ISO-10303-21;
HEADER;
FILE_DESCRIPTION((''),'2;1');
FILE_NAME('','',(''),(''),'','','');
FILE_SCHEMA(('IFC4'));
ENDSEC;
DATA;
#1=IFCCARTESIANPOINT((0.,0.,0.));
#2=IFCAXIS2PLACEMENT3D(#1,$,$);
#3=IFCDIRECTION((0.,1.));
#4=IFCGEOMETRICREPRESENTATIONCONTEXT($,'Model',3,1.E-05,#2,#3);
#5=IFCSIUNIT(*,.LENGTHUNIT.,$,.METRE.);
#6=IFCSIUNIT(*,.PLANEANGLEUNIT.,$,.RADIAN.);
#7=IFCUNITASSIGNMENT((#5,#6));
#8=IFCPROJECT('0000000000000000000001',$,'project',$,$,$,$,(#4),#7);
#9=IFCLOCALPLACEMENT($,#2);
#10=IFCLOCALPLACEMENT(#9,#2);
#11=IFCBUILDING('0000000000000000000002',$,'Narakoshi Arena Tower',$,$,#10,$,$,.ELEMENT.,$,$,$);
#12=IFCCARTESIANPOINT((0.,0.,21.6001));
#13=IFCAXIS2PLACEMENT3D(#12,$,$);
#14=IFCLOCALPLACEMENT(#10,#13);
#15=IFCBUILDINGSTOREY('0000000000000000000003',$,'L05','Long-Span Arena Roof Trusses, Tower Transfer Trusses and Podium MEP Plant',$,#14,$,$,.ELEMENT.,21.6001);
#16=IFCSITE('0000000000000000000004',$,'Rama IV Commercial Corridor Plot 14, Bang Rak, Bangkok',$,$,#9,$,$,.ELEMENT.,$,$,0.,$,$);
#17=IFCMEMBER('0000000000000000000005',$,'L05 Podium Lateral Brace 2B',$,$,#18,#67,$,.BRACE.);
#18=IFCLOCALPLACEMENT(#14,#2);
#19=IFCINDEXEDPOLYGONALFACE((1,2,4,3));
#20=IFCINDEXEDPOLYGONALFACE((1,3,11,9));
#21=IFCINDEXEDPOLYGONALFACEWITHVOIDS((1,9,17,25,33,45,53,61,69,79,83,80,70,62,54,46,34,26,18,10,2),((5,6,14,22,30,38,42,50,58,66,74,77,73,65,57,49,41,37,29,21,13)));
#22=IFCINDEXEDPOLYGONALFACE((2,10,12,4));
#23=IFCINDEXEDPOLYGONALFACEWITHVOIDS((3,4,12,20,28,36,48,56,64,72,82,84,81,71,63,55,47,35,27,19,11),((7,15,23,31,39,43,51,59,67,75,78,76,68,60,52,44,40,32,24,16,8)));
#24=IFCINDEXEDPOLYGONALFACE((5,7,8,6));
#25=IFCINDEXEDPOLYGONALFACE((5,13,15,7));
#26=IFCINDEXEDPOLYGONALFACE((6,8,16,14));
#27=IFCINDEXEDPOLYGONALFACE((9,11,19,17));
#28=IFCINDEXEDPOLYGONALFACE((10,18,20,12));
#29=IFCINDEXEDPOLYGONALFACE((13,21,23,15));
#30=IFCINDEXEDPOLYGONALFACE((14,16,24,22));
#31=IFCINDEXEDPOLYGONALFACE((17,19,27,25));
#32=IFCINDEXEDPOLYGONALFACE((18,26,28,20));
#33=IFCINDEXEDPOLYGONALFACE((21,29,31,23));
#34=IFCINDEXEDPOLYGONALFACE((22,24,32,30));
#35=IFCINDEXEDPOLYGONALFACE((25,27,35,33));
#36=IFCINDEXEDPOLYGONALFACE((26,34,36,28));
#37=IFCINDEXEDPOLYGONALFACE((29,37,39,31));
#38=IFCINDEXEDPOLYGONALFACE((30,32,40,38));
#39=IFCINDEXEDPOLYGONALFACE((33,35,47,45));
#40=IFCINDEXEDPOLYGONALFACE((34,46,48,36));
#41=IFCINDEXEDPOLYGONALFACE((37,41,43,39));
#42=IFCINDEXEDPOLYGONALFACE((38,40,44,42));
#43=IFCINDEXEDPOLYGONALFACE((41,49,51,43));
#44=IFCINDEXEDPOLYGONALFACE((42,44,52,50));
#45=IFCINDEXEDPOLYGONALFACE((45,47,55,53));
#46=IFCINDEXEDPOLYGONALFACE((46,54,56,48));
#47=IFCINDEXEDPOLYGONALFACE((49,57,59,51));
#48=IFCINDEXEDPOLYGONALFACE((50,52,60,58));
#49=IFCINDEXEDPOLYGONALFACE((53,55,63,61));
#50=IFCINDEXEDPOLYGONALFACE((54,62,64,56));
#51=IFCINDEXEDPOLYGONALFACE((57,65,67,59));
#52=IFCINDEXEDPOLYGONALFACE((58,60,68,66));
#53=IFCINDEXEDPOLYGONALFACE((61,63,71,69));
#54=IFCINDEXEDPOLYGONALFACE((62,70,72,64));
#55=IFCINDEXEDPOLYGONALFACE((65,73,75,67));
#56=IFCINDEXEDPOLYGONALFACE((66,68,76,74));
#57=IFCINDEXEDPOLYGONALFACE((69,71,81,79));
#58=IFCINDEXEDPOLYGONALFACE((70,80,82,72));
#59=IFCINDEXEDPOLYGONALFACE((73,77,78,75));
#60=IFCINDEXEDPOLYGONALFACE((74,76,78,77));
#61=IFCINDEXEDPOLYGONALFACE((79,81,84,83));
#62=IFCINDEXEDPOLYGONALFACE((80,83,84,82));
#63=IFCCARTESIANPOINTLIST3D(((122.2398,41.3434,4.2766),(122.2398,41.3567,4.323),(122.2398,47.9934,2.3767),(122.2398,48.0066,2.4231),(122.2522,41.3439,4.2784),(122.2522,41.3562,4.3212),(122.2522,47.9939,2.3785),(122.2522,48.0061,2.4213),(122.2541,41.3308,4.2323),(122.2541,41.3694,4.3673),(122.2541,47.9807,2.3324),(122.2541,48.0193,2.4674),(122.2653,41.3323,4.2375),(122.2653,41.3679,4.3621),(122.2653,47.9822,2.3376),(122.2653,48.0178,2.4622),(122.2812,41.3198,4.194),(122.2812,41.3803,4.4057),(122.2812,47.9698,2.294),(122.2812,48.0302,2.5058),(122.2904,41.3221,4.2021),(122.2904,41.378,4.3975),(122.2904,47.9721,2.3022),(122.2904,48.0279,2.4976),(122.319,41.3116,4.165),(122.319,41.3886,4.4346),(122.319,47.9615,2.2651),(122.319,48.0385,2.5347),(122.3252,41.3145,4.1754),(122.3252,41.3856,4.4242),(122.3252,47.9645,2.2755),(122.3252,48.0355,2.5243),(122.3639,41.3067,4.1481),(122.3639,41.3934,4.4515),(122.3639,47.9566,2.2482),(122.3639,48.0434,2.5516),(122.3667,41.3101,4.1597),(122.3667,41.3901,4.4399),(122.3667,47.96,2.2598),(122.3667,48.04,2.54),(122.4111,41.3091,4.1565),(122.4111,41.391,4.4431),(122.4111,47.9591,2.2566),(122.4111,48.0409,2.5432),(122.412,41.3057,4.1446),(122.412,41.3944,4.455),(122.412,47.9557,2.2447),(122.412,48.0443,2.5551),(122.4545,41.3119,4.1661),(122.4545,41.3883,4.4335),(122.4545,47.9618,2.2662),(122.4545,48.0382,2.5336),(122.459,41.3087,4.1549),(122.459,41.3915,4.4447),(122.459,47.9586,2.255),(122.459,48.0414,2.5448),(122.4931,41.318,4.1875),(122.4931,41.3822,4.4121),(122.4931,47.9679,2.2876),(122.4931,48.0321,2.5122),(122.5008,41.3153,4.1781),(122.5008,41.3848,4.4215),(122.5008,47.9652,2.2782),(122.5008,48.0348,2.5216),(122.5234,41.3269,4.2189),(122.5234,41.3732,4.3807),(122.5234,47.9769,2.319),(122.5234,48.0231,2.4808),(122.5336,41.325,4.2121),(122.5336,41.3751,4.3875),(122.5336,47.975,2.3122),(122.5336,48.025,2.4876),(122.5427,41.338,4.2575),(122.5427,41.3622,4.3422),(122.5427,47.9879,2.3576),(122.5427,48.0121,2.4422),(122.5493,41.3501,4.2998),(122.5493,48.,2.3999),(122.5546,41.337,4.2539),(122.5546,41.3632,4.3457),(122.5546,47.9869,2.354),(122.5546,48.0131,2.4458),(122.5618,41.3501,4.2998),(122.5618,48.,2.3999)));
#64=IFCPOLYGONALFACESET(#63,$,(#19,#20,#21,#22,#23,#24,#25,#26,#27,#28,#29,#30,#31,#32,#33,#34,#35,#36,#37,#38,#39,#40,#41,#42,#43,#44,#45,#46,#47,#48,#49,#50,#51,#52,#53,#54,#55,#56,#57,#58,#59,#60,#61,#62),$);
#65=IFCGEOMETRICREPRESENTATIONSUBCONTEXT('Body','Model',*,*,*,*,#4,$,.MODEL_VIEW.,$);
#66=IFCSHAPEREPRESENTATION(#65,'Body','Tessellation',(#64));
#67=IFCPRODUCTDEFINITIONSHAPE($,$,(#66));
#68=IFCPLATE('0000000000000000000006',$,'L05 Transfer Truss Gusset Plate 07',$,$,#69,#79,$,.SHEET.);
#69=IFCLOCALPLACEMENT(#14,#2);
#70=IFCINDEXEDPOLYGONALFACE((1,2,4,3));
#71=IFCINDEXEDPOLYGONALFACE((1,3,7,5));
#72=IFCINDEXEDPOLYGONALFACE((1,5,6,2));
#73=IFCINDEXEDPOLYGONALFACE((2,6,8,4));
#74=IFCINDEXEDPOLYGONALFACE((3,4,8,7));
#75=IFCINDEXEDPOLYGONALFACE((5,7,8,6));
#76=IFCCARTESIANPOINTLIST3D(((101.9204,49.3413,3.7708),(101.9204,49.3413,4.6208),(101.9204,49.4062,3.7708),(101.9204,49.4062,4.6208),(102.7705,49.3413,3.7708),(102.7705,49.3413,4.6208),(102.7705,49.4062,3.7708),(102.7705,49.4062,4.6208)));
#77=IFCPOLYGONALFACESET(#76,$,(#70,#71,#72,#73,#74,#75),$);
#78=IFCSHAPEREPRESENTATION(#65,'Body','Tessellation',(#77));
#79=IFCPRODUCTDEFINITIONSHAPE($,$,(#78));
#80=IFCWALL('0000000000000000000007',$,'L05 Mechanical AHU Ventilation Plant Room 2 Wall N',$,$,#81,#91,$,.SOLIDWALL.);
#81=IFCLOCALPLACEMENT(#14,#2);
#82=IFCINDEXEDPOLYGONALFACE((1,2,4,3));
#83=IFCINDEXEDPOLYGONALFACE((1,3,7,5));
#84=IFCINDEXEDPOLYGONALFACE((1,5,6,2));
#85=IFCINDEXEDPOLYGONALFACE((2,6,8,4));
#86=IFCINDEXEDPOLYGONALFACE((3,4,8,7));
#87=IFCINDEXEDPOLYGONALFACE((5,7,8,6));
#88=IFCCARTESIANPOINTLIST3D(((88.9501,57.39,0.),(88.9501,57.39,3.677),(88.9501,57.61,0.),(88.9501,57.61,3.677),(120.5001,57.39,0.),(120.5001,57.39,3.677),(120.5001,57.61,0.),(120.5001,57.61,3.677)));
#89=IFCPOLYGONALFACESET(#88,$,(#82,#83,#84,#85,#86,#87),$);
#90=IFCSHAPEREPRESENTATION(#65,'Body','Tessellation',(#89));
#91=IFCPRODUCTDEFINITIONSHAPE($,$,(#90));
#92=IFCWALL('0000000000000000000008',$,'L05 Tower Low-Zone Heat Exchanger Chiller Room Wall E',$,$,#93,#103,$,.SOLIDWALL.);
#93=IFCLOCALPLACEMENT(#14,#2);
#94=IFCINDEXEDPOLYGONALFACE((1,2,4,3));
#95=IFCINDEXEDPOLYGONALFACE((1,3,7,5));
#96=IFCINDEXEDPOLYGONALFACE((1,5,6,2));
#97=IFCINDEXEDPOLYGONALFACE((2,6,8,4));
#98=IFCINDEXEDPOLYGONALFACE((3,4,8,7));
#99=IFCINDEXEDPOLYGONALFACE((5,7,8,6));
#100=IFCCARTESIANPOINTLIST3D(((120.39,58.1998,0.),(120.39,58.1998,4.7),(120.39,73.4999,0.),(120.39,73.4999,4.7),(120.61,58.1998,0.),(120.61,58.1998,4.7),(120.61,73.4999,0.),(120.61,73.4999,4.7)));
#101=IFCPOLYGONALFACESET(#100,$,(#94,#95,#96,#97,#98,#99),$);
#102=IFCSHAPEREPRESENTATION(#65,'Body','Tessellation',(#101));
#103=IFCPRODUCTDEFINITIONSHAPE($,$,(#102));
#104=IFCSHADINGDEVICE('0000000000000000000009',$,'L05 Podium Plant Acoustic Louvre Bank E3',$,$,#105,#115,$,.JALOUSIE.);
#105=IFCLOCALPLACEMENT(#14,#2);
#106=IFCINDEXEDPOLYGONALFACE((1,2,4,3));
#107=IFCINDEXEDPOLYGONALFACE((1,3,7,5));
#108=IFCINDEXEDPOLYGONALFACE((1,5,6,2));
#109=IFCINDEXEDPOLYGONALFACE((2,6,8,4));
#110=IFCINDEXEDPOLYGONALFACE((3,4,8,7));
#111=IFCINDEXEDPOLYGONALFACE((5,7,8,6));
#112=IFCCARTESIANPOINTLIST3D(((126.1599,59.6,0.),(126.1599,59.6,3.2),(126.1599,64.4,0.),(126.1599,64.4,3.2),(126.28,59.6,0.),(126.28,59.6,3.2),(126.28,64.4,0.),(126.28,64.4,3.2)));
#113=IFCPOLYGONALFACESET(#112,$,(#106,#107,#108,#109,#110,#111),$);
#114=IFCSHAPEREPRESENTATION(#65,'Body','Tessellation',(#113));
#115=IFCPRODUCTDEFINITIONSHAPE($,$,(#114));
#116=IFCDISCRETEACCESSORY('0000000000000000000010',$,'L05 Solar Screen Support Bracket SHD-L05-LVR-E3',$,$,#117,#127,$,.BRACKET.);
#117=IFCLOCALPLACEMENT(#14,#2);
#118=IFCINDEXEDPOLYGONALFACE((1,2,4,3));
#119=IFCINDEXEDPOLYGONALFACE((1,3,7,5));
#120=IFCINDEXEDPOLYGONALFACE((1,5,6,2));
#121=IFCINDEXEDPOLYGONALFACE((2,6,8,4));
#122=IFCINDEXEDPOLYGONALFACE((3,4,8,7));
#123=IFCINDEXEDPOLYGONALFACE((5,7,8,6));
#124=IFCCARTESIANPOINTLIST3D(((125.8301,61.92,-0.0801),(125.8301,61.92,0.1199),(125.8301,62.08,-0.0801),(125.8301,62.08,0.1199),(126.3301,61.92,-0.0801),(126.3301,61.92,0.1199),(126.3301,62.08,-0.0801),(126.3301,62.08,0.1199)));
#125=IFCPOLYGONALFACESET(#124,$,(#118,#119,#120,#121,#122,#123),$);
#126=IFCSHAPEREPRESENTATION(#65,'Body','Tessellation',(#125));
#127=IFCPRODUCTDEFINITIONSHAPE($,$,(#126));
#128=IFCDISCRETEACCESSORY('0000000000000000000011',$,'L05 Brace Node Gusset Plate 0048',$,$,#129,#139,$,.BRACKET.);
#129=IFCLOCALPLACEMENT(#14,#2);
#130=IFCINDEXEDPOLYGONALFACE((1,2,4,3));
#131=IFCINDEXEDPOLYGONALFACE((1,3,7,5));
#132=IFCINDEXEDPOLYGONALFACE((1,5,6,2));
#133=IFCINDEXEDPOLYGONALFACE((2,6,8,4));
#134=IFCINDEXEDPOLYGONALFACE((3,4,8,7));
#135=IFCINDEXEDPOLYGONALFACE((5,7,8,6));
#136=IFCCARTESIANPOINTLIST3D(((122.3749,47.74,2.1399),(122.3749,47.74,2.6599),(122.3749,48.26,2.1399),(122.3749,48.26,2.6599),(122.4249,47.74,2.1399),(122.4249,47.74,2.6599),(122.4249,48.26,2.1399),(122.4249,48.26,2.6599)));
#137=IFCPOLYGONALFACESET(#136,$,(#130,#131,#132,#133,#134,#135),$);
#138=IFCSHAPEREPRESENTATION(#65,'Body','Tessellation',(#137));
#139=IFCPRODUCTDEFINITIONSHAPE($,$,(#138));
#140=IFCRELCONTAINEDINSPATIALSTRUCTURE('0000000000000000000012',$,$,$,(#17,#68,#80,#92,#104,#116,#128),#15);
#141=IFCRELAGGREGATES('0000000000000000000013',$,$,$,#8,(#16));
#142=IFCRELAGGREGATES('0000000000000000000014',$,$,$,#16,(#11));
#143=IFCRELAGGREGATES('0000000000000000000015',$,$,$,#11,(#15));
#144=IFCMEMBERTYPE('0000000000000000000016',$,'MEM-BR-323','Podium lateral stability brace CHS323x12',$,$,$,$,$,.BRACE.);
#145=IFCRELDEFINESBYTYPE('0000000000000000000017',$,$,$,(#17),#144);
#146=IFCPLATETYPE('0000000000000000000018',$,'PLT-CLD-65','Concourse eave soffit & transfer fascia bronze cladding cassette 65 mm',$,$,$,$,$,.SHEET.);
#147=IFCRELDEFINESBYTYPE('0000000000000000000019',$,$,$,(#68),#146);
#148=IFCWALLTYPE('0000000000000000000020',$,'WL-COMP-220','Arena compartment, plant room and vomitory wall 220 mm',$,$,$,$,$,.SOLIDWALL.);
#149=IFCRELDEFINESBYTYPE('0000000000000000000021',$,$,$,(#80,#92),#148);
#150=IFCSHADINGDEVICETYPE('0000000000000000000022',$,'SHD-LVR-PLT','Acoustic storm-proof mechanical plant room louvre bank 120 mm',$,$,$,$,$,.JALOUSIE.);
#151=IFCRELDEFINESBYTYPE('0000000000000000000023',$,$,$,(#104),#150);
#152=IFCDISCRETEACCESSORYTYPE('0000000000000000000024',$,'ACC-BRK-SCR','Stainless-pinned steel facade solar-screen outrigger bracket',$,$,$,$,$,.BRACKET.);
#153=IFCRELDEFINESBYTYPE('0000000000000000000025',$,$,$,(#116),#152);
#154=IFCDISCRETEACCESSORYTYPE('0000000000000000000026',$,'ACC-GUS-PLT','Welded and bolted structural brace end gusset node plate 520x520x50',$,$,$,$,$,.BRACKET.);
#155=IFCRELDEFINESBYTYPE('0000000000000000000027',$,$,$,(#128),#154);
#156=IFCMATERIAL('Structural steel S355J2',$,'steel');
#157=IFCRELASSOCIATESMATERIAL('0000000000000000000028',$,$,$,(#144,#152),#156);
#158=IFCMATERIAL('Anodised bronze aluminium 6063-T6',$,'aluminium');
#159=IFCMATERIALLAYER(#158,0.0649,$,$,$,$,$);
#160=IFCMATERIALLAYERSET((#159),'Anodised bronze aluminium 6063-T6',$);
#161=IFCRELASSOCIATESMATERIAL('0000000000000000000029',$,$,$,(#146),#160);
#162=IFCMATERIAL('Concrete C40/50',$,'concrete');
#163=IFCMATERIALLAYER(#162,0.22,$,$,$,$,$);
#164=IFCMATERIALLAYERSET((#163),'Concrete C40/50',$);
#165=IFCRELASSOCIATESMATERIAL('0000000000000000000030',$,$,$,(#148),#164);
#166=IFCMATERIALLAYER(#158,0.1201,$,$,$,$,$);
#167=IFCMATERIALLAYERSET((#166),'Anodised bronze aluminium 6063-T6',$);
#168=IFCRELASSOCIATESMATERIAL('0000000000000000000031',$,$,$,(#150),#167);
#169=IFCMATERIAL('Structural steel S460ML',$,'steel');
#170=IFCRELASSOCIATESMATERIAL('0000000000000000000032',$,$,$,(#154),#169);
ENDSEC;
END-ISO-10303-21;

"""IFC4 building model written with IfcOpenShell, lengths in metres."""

from ifc_helpers import new_model, si_unit, direction, frame, frame_2d, origin, origin_2d, place, context, subcontext, project, spatial, rectangle, hollow_circle, extrude, material, layer, layer_set, material_profile, profile_set, type_object, element, save


model = new_model("IFC4")

# Units and contexts
model_context = context("Model", 3, precision=1e-05, world=origin(), true_north=direction((0.0, 1.0)))
body_context = subcontext(model_context, "Body", "Model", "MODEL_VIEW")
ifc_project = project(units=[si_unit("LENGTHUNIT", "METRE"), si_unit("PLANEANGLEUNIT", "RADIAN")], contexts=[model_context])

# Site, building, storey
site_placement = place(None, origin())
site = spatial("IfcSite", under=ifc_project, at=site_placement, Name="Rama IV Commercial Corridor Plot 14, Bang Rak, Bangkok", CompositionType="ELEMENT", RefElevation=0.0)
building_placement = place(site_placement, origin())
building = spatial("IfcBuilding", under=site, at=building_placement, Name="Narakoshi Arena Tower", CompositionType="ELEMENT")
storey_placement = place(building_placement, frame((0.0, 0.0, 21.6001)))
storey = spatial("IfcBuildingStorey", under=building, at=storey_placement, Name="L05", Description="Long-Span Arena Roof Trusses, Tower Transfer Trusses and Podium MEP Plant", CompositionType="ELEMENT", Elevation=21.6001)

# Shared definitions
ifc_material_1 = material(Name="Structural steel S355J2", Category="steel")

# Shared definitions
ifc_material_2 = material(Name="Structural steel S460ML", Category="steel")

# Member
ifc_material_profile_1 = material_profile(ifc_material_1, hollow_circle(Radius=0.1619, WallThickness=0.0125, at=origin_2d()), Name="CHS323x12")
ifc_profile_set_1 = profile_set([ifc_material_profile_1], Name="Structural steel S355J2")
member_type = type_object("IfcMemberType", Name="MEM-BR-323", Description="Podium lateral stability brace CHS323x12", PredefinedType="BRACE", material=ifc_profile_set_1)
member_placement = place(storey_placement, frame((122.3999, 48.0, 2.3999), z_axis=(0.0, -0.961527, 0.274712), x_axis=(1.0, 0.0, 0.0)))
element("IfcMember", 1, at=member_placement, inside=storey, type_object=member_type, Name="L05 Podium Lateral Brace 2B", PredefinedType="BRACE", context=body_context, shape_type="SweptSolid", body=[
    extrude(hollow_circle(Radius=0.1619, WallThickness=0.0125, at=origin_2d()), origin(), (0.0, 0.0, 1.0), 6.916),
])

# Plate
ifc_material_3 = material(Name="Anodised bronze aluminium 6063-T6", Category="aluminium")
ifc_layer_1 = layer(ifc_material_3, 0.0649)
ifc_layer_set_1 = layer_set([ifc_layer_1], Name="Anodised bronze aluminium 6063-T6")
plate_type = type_object("IfcPlateType", Name="PLT-CLD-65", Description="Concourse eave soffit & transfer fascia bronze cladding cassette 65 mm", PredefinedType="SHEET", material=ifc_layer_set_1)
plate_placement = place(storey_placement, frame((102.3455, 49.3738, 3.7708), z_axis=(0.0, 0.0, 1.0), x_axis=(1.0, 0.0, 0.0)))
element("IfcPlate", 2, at=plate_placement, inside=storey, type_object=plate_type, Name="L05 Transfer Truss Gusset Plate 07", PredefinedType="SHEET", context=body_context, shape_type="SweptSolid", body=[
    extrude(rectangle(XDim=0.8501, YDim=0.0649, at=origin_2d()), origin(), (0.0, 0.0, 1.0), 0.8501),
])

# Walls
ifc_material_4 = material(Name="Concrete C40/50", Category="concrete")
ifc_layer_2 = layer(ifc_material_4, 0.22)
ifc_layer_set_2 = layer_set([ifc_layer_2], Name="Concrete C40/50")
wall_type = type_object("IfcWallType", Name="WL-COMP-220", Description="Arena compartment, plant room and vomitory wall 220 mm", PredefinedType="SOLIDWALL", material=ifc_layer_set_2)
wall_1_placement = place(storey_placement, frame((120.5, 57.5, 0.0), z_axis=(0.0, 0.0, 1.0), x_axis=(-1.0, 0.0, 0.0)))
element("IfcWall", 3, at=wall_1_placement, inside=storey, type_object=wall_type, Name="L05 Mechanical AHU Ventilation Plant Room 2 Wall N", PredefinedType="SOLIDWALL", context=body_context, shape_type="SweptSolid", body=[
    extrude(rectangle(XDim=31.55, YDim=0.22, at=frame_2d((15.7749, 0.0))), origin(), (0.0, 0.0, 1.0), 3.677),
])
wall_2_placement = place(storey_placement, frame((120.5, 58.2, 0.0), z_axis=(0.0, 0.0, 1.0), x_axis=(0.0, 1.0, 0.0)))
element("IfcWall", 4, at=wall_2_placement, inside=storey, type_object=wall_type, Name="L05 Tower Low-Zone Heat Exchanger Chiller Room Wall E", PredefinedType="SOLIDWALL", context=body_context, shape_type="SweptSolid", body=[
    extrude(rectangle(XDim=15.3, YDim=0.22, at=frame_2d((7.6499, 0.0))), origin(), (0.0, 0.0, 1.0), 4.7),
])

# Shading device
ifc_layer_3 = layer(ifc_material_3, 0.1201)
ifc_layer_set_3 = layer_set([ifc_layer_3], Name="Anodised bronze aluminium 6063-T6")
shading_device_type = type_object("IfcShadingDeviceType", Name="SHD-LVR-PLT", Description="Acoustic storm-proof mechanical plant room louvre bank 120 mm", PredefinedType="JALOUSIE", material=ifc_layer_set_3)
shading_device_placement = place(storey_placement, frame((126.22, 62.0, 0.0), z_axis=(0.0, 0.0, 1.0), x_axis=(0.0, 1.0, 0.0)))
element("IfcShadingDevice", 5, at=shading_device_placement, inside=storey, type_object=shading_device_type, Name="L05 Podium Plant Acoustic Louvre Bank E3", PredefinedType="JALOUSIE", context=body_context, shape_type="SweptSolid", body=[
    extrude(rectangle(XDim=4.8, YDim=0.1201, at=origin_2d()), origin(), (0.0, 0.0, 1.0), 3.2),
])

# Discrete accessories
discrete_accessory_type_1 = type_object("IfcDiscreteAccessoryType", Name="ACC-BRK-SCR", Description="Stainless-pinned steel facade solar-screen outrigger bracket", PredefinedType="BRACKET", material=ifc_material_1)
discrete_accessory_1_placement = place(storey_placement, frame((126.0801, 62.0, -0.0801), z_axis=(0.0, 0.0, 1.0), x_axis=(0.0, 1.0, 0.0)))
element("IfcDiscreteAccessory", 6, at=discrete_accessory_1_placement, inside=storey, type_object=discrete_accessory_type_1, Name="L05 Solar Screen Support Bracket SHD-L05-LVR-E3", PredefinedType="BRACKET", context=body_context, shape_type="SweptSolid", body=[
    extrude(rectangle(XDim=0.1599, YDim=0.5, at=origin_2d()), origin(), (0.0, 0.0, 1.0), 0.2),
])
discrete_accessory_type_2 = type_object("IfcDiscreteAccessoryType", Name="ACC-GUS-PLT", Description="Welded and bolted structural brace end gusset node plate 520x520x50", PredefinedType="BRACKET", material=ifc_material_2)
discrete_accessory_2_placement = place(storey_placement, frame((122.3999, 48.0, 2.1399), z_axis=(0.0, 0.0, 1.0), x_axis=(0.0, 1.0, 0.0)))
element("IfcDiscreteAccessory", 7, at=discrete_accessory_2_placement, inside=storey, type_object=discrete_accessory_type_2, Name="L05 Brace Node Gusset Plate 0048", PredefinedType="BRACKET", context=body_context, shape_type="SweptSolid", body=[
    extrude(rectangle(XDim=0.52, YDim=0.05, at=origin_2d()), origin(), (0.0, 0.0, 1.0), 0.52),
])

save(model, "model.ifc")
